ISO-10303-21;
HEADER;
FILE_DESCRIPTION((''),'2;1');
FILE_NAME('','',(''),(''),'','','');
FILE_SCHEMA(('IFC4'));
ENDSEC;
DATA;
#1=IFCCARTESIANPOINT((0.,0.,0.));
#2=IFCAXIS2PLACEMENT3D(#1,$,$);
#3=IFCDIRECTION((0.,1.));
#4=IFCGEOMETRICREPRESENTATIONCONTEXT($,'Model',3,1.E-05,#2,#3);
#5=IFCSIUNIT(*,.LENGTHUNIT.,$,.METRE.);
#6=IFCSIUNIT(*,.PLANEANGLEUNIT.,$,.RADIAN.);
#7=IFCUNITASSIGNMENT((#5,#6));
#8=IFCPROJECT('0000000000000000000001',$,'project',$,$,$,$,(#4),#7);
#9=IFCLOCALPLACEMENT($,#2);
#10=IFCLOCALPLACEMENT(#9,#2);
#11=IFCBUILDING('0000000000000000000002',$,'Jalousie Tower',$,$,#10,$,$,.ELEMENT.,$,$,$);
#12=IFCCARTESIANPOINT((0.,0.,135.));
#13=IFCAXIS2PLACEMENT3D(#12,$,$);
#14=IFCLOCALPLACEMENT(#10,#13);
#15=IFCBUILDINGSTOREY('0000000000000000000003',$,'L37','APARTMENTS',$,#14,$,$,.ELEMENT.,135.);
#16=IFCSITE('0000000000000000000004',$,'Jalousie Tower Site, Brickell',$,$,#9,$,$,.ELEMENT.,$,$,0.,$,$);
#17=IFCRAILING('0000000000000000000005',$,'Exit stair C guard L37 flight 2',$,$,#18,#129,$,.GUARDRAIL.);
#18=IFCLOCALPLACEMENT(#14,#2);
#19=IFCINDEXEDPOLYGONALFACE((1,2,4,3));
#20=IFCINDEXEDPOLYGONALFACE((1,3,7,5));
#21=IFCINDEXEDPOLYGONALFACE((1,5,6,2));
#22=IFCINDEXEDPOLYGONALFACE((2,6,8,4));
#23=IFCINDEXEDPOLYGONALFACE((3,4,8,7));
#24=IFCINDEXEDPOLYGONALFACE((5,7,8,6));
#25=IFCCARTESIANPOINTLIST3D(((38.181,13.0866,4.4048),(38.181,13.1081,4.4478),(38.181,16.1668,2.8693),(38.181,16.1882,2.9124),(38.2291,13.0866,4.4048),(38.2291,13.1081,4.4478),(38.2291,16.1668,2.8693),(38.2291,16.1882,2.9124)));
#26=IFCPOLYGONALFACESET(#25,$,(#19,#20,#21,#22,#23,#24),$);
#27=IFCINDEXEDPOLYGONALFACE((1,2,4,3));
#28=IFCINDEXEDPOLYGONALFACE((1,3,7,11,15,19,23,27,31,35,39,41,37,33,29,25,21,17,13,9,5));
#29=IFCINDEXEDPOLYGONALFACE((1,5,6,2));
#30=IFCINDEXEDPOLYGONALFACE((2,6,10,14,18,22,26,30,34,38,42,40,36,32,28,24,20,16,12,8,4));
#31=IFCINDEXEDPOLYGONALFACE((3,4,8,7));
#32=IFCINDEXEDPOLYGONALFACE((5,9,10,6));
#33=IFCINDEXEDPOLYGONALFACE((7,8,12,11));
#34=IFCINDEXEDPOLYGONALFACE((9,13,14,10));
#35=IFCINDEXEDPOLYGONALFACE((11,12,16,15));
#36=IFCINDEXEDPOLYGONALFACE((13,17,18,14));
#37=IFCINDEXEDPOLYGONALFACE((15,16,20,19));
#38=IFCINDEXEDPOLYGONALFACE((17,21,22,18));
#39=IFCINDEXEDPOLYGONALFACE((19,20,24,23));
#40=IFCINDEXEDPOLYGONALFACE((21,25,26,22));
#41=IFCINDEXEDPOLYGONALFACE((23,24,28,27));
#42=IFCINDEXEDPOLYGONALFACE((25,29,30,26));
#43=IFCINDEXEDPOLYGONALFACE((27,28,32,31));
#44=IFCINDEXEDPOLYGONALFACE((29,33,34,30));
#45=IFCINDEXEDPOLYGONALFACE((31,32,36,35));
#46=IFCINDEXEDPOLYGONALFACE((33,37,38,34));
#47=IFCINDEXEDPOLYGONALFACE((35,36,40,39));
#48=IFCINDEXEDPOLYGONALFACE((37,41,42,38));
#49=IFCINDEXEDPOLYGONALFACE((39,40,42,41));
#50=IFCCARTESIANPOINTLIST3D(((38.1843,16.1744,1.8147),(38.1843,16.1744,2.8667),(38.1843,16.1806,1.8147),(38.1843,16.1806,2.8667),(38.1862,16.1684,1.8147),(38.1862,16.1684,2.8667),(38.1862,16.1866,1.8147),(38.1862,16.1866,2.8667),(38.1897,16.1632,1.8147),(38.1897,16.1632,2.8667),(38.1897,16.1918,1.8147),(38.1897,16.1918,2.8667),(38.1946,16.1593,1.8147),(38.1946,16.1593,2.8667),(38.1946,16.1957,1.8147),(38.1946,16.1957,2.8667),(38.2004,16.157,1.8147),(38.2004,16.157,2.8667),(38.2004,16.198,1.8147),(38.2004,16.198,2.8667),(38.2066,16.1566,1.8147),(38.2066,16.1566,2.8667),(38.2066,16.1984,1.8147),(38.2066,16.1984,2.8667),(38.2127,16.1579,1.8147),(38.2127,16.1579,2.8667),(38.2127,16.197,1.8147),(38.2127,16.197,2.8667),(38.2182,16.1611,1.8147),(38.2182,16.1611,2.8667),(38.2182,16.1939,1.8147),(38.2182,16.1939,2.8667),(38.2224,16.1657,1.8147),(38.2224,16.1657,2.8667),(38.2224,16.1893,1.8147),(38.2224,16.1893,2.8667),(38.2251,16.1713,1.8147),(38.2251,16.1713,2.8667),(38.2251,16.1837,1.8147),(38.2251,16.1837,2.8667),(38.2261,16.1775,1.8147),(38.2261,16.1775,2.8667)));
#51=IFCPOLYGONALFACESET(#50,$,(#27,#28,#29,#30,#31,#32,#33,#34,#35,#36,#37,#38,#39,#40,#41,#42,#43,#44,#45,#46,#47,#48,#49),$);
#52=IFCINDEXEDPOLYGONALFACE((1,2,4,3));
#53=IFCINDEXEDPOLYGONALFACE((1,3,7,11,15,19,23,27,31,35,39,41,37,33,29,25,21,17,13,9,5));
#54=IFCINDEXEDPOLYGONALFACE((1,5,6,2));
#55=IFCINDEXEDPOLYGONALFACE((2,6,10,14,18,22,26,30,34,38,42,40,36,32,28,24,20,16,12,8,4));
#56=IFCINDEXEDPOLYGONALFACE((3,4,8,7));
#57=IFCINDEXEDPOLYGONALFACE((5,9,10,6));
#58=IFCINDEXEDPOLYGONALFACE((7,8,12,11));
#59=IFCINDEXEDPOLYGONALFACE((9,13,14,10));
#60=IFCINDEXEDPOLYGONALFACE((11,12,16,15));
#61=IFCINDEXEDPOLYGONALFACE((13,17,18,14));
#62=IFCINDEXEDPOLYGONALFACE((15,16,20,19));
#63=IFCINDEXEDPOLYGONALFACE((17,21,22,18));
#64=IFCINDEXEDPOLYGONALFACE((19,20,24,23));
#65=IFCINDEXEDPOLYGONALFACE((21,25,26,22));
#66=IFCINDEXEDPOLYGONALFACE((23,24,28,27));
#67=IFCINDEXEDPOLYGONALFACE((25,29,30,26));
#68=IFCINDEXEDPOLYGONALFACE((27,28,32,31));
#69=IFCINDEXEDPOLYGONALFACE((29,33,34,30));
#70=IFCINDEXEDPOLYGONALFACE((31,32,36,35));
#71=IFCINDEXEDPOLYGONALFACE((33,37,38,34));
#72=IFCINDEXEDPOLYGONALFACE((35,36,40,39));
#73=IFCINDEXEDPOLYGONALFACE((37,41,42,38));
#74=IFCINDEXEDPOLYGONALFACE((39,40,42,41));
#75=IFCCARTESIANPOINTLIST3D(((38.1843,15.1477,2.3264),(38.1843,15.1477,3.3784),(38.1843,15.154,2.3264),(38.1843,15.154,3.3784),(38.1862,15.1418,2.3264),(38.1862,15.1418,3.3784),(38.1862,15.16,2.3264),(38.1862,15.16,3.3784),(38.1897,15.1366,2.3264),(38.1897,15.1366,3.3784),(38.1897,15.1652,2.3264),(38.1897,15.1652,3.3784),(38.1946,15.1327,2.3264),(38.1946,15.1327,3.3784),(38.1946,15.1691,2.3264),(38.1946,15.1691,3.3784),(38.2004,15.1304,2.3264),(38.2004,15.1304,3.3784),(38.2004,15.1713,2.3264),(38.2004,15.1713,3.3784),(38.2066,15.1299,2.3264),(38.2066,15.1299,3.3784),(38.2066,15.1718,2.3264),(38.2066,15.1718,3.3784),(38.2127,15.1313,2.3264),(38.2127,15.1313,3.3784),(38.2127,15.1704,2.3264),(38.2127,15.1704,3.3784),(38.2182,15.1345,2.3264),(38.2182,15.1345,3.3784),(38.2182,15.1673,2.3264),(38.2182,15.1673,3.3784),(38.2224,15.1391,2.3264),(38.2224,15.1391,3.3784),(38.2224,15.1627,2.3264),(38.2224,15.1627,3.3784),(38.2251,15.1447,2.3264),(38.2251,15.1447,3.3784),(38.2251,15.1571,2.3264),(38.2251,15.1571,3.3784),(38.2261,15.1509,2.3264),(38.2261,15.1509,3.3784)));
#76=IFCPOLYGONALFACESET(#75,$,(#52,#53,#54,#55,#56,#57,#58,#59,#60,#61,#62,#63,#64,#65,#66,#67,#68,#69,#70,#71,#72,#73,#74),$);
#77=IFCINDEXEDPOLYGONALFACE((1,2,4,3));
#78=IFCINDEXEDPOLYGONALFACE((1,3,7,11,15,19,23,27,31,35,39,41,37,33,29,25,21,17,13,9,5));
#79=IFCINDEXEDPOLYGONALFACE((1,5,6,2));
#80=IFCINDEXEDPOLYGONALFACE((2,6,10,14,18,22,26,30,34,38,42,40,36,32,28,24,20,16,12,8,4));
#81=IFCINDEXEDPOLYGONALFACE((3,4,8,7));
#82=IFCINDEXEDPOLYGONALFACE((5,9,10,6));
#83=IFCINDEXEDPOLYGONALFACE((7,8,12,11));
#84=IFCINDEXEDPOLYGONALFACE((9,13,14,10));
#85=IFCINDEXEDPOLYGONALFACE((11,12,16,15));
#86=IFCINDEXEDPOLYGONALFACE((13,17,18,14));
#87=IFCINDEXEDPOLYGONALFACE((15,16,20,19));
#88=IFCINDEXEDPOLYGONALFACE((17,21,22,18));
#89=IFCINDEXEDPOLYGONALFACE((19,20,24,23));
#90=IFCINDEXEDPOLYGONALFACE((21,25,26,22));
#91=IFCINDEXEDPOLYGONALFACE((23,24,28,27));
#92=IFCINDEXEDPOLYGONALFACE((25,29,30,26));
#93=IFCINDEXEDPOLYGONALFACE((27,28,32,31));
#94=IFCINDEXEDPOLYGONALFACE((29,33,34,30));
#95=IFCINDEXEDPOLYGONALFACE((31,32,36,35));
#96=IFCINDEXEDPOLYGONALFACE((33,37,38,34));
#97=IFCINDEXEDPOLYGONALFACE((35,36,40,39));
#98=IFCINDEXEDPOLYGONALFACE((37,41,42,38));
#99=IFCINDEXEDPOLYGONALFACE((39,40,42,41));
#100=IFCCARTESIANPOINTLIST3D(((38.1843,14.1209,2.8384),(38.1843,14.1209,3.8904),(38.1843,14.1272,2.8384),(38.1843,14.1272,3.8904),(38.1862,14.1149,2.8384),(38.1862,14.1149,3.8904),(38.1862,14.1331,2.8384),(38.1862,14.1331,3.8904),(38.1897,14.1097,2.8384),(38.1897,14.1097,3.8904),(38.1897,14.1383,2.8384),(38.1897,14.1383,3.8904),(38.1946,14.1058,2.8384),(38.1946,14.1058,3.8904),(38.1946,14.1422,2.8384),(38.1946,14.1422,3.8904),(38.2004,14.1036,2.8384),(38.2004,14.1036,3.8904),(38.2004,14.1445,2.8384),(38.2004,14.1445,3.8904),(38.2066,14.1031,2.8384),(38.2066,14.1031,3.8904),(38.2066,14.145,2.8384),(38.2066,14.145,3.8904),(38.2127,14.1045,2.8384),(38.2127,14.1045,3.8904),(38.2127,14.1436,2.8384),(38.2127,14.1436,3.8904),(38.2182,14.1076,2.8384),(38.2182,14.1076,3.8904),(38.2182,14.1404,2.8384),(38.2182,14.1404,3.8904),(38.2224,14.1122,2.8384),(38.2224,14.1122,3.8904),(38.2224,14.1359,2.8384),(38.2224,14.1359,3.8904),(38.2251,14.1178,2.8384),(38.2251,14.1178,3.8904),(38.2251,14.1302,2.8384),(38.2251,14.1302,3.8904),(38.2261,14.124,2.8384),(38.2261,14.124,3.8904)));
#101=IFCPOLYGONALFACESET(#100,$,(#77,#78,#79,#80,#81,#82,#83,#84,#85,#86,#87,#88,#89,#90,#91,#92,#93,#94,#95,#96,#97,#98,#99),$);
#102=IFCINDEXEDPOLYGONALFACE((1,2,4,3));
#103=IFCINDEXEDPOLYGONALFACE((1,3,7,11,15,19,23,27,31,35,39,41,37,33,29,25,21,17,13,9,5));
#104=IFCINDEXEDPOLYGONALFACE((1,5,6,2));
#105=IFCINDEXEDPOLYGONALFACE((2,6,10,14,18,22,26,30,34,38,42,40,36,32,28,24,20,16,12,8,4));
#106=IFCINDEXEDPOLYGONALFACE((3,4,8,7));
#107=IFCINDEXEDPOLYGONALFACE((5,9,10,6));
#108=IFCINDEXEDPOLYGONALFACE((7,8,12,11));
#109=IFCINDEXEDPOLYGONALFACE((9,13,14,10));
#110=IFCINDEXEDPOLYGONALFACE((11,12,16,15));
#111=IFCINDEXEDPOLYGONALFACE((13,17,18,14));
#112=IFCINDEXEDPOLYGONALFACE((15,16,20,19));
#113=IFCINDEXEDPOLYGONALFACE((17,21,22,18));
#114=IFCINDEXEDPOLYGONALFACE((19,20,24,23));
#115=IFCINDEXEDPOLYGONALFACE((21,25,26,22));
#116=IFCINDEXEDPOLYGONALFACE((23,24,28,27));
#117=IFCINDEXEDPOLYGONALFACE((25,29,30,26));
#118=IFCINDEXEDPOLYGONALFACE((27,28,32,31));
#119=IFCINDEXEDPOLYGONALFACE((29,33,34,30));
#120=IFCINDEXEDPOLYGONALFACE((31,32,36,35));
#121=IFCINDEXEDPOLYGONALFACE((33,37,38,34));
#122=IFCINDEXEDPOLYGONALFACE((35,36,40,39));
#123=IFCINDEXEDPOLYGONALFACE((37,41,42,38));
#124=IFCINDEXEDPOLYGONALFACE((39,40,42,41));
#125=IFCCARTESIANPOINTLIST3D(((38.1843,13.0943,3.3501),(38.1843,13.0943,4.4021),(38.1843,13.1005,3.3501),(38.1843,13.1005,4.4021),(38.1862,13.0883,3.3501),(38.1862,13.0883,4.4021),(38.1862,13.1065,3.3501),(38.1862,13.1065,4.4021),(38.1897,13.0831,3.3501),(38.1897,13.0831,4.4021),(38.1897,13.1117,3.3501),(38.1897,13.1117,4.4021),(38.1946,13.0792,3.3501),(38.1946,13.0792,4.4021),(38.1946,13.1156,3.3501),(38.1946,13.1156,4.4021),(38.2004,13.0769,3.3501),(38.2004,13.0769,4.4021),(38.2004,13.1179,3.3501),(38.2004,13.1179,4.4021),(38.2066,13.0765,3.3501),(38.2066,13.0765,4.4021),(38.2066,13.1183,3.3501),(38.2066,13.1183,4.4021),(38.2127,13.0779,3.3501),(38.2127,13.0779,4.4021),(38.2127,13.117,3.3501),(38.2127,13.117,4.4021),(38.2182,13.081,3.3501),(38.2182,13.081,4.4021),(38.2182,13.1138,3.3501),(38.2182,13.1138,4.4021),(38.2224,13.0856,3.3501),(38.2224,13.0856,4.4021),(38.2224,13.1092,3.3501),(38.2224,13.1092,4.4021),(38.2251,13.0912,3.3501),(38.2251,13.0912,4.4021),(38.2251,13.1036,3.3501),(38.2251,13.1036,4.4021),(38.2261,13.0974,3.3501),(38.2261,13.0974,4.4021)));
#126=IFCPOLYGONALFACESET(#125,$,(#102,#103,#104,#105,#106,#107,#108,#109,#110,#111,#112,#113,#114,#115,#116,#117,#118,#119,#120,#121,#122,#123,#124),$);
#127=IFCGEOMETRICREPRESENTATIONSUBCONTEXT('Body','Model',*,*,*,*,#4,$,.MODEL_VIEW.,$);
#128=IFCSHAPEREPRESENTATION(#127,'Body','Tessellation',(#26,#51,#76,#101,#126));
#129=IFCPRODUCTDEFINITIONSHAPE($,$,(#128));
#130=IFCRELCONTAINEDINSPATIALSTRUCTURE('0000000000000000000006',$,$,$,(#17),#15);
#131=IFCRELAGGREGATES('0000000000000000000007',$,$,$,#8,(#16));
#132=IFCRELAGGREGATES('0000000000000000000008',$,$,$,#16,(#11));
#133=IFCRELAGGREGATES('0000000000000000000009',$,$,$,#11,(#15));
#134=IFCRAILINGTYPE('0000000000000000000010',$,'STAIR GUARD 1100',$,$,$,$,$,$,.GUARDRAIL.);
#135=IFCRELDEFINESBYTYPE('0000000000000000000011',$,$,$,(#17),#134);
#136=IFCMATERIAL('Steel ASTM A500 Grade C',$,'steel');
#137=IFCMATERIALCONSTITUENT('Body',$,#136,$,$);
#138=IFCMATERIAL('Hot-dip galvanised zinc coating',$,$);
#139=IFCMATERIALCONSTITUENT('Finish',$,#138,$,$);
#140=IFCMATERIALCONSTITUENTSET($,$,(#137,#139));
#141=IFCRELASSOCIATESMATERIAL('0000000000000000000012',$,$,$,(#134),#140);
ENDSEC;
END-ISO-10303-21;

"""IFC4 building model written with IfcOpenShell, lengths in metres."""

from ifc_helpers import new_model, si_unit, direction, frame, origin, origin_2d, place, context, subcontext, project, spatial, rectangle, circle, extrude, material, constituent, constituent_set, type_object, element, save


model = new_model("IFC4")

# Units and contexts
model_context = context("Model", 3, precision=1e-05, world=origin(), true_north=direction((0.0, 1.0)))
body_context = subcontext(model_context, "Body", "Model", "MODEL_VIEW")
ifc_project = project(units=[si_unit("LENGTHUNIT", "METRE"), si_unit("PLANEANGLEUNIT", "RADIAN")], contexts=[model_context])

# Site, building, storey
site_placement = place(None, origin())
site = spatial("IfcSite", under=ifc_project, at=site_placement, Name="Jalousie Tower Site, Brickell", CompositionType="ELEMENT", RefElevation=0.0)
building_placement = place(site_placement, origin())
building = spatial("IfcBuilding", under=site, at=building_placement, Name="Jalousie Tower", CompositionType="ELEMENT")
storey_placement = place(building_placement, frame((0.0, 0.0, 135.0)))
storey = spatial("IfcBuildingStorey", under=building, at=storey_placement, Name="L37", Description="APARTMENTS", CompositionType="ELEMENT", Elevation=135.0)

# Railing
ifc_material_1 = material(Name="Steel ASTM A500 Grade C", Category="steel")
ifc_constituent_1 = constituent(ifc_material_1, Name="Body")
ifc_material_2 = material(Name="Hot-dip galvanised zinc coating")
ifc_constituent_2 = constituent(ifc_material_2, Name="Finish")
ifc_constituent_set_1 = constituent_set(constituents=[ifc_constituent_1, ifc_constituent_2])
railing_type_1 = type_object("IfcRailingType", Name="STAIR GUARD 1100", PredefinedType="GUARDRAIL", material=ifc_constituent_set_1)
railing_1_placement = place(storey_placement, frame((38.2051, 16.1775, 1.8147)))
element("IfcRailing", 1, at=railing_1_placement, inside=storey, type_object=railing_type_1, Name="Exit stair C guard L37 flight 2", PredefinedType="GUARDRAIL", context=body_context, shape_type="SweptSolid", body=[
    extrude(rectangle(XDim=0.0481, YDim=0.0481, at=origin_2d()), frame((0.0, 0.0, 1.0762), z_axis=(0.0, -0.894966, 0.446135), x_axis=(1.0, 0.0, 0.0)), (0.0, 0.0, 1.0), 3.4417),
    extrude(circle(Radius=0.021, at=origin_2d()), origin(), (0.0, 0.0, 1.0), 1.052),
    extrude(circle(Radius=0.021, at=origin_2d()), frame((0.0, -1.0266, 0.5117)), (0.0, 0.0, 1.0), 1.052),
    extrude(circle(Radius=0.021, at=origin_2d()), frame((0.0, -2.0535, 1.0237)), (0.0, 0.0, 1.0), 1.052),
    extrude(circle(Radius=0.021, at=origin_2d()), frame((0.0, -3.0801, 1.5354)), (0.0, 0.0, 1.0), 1.052),
])

save(model, "model.ifc")
